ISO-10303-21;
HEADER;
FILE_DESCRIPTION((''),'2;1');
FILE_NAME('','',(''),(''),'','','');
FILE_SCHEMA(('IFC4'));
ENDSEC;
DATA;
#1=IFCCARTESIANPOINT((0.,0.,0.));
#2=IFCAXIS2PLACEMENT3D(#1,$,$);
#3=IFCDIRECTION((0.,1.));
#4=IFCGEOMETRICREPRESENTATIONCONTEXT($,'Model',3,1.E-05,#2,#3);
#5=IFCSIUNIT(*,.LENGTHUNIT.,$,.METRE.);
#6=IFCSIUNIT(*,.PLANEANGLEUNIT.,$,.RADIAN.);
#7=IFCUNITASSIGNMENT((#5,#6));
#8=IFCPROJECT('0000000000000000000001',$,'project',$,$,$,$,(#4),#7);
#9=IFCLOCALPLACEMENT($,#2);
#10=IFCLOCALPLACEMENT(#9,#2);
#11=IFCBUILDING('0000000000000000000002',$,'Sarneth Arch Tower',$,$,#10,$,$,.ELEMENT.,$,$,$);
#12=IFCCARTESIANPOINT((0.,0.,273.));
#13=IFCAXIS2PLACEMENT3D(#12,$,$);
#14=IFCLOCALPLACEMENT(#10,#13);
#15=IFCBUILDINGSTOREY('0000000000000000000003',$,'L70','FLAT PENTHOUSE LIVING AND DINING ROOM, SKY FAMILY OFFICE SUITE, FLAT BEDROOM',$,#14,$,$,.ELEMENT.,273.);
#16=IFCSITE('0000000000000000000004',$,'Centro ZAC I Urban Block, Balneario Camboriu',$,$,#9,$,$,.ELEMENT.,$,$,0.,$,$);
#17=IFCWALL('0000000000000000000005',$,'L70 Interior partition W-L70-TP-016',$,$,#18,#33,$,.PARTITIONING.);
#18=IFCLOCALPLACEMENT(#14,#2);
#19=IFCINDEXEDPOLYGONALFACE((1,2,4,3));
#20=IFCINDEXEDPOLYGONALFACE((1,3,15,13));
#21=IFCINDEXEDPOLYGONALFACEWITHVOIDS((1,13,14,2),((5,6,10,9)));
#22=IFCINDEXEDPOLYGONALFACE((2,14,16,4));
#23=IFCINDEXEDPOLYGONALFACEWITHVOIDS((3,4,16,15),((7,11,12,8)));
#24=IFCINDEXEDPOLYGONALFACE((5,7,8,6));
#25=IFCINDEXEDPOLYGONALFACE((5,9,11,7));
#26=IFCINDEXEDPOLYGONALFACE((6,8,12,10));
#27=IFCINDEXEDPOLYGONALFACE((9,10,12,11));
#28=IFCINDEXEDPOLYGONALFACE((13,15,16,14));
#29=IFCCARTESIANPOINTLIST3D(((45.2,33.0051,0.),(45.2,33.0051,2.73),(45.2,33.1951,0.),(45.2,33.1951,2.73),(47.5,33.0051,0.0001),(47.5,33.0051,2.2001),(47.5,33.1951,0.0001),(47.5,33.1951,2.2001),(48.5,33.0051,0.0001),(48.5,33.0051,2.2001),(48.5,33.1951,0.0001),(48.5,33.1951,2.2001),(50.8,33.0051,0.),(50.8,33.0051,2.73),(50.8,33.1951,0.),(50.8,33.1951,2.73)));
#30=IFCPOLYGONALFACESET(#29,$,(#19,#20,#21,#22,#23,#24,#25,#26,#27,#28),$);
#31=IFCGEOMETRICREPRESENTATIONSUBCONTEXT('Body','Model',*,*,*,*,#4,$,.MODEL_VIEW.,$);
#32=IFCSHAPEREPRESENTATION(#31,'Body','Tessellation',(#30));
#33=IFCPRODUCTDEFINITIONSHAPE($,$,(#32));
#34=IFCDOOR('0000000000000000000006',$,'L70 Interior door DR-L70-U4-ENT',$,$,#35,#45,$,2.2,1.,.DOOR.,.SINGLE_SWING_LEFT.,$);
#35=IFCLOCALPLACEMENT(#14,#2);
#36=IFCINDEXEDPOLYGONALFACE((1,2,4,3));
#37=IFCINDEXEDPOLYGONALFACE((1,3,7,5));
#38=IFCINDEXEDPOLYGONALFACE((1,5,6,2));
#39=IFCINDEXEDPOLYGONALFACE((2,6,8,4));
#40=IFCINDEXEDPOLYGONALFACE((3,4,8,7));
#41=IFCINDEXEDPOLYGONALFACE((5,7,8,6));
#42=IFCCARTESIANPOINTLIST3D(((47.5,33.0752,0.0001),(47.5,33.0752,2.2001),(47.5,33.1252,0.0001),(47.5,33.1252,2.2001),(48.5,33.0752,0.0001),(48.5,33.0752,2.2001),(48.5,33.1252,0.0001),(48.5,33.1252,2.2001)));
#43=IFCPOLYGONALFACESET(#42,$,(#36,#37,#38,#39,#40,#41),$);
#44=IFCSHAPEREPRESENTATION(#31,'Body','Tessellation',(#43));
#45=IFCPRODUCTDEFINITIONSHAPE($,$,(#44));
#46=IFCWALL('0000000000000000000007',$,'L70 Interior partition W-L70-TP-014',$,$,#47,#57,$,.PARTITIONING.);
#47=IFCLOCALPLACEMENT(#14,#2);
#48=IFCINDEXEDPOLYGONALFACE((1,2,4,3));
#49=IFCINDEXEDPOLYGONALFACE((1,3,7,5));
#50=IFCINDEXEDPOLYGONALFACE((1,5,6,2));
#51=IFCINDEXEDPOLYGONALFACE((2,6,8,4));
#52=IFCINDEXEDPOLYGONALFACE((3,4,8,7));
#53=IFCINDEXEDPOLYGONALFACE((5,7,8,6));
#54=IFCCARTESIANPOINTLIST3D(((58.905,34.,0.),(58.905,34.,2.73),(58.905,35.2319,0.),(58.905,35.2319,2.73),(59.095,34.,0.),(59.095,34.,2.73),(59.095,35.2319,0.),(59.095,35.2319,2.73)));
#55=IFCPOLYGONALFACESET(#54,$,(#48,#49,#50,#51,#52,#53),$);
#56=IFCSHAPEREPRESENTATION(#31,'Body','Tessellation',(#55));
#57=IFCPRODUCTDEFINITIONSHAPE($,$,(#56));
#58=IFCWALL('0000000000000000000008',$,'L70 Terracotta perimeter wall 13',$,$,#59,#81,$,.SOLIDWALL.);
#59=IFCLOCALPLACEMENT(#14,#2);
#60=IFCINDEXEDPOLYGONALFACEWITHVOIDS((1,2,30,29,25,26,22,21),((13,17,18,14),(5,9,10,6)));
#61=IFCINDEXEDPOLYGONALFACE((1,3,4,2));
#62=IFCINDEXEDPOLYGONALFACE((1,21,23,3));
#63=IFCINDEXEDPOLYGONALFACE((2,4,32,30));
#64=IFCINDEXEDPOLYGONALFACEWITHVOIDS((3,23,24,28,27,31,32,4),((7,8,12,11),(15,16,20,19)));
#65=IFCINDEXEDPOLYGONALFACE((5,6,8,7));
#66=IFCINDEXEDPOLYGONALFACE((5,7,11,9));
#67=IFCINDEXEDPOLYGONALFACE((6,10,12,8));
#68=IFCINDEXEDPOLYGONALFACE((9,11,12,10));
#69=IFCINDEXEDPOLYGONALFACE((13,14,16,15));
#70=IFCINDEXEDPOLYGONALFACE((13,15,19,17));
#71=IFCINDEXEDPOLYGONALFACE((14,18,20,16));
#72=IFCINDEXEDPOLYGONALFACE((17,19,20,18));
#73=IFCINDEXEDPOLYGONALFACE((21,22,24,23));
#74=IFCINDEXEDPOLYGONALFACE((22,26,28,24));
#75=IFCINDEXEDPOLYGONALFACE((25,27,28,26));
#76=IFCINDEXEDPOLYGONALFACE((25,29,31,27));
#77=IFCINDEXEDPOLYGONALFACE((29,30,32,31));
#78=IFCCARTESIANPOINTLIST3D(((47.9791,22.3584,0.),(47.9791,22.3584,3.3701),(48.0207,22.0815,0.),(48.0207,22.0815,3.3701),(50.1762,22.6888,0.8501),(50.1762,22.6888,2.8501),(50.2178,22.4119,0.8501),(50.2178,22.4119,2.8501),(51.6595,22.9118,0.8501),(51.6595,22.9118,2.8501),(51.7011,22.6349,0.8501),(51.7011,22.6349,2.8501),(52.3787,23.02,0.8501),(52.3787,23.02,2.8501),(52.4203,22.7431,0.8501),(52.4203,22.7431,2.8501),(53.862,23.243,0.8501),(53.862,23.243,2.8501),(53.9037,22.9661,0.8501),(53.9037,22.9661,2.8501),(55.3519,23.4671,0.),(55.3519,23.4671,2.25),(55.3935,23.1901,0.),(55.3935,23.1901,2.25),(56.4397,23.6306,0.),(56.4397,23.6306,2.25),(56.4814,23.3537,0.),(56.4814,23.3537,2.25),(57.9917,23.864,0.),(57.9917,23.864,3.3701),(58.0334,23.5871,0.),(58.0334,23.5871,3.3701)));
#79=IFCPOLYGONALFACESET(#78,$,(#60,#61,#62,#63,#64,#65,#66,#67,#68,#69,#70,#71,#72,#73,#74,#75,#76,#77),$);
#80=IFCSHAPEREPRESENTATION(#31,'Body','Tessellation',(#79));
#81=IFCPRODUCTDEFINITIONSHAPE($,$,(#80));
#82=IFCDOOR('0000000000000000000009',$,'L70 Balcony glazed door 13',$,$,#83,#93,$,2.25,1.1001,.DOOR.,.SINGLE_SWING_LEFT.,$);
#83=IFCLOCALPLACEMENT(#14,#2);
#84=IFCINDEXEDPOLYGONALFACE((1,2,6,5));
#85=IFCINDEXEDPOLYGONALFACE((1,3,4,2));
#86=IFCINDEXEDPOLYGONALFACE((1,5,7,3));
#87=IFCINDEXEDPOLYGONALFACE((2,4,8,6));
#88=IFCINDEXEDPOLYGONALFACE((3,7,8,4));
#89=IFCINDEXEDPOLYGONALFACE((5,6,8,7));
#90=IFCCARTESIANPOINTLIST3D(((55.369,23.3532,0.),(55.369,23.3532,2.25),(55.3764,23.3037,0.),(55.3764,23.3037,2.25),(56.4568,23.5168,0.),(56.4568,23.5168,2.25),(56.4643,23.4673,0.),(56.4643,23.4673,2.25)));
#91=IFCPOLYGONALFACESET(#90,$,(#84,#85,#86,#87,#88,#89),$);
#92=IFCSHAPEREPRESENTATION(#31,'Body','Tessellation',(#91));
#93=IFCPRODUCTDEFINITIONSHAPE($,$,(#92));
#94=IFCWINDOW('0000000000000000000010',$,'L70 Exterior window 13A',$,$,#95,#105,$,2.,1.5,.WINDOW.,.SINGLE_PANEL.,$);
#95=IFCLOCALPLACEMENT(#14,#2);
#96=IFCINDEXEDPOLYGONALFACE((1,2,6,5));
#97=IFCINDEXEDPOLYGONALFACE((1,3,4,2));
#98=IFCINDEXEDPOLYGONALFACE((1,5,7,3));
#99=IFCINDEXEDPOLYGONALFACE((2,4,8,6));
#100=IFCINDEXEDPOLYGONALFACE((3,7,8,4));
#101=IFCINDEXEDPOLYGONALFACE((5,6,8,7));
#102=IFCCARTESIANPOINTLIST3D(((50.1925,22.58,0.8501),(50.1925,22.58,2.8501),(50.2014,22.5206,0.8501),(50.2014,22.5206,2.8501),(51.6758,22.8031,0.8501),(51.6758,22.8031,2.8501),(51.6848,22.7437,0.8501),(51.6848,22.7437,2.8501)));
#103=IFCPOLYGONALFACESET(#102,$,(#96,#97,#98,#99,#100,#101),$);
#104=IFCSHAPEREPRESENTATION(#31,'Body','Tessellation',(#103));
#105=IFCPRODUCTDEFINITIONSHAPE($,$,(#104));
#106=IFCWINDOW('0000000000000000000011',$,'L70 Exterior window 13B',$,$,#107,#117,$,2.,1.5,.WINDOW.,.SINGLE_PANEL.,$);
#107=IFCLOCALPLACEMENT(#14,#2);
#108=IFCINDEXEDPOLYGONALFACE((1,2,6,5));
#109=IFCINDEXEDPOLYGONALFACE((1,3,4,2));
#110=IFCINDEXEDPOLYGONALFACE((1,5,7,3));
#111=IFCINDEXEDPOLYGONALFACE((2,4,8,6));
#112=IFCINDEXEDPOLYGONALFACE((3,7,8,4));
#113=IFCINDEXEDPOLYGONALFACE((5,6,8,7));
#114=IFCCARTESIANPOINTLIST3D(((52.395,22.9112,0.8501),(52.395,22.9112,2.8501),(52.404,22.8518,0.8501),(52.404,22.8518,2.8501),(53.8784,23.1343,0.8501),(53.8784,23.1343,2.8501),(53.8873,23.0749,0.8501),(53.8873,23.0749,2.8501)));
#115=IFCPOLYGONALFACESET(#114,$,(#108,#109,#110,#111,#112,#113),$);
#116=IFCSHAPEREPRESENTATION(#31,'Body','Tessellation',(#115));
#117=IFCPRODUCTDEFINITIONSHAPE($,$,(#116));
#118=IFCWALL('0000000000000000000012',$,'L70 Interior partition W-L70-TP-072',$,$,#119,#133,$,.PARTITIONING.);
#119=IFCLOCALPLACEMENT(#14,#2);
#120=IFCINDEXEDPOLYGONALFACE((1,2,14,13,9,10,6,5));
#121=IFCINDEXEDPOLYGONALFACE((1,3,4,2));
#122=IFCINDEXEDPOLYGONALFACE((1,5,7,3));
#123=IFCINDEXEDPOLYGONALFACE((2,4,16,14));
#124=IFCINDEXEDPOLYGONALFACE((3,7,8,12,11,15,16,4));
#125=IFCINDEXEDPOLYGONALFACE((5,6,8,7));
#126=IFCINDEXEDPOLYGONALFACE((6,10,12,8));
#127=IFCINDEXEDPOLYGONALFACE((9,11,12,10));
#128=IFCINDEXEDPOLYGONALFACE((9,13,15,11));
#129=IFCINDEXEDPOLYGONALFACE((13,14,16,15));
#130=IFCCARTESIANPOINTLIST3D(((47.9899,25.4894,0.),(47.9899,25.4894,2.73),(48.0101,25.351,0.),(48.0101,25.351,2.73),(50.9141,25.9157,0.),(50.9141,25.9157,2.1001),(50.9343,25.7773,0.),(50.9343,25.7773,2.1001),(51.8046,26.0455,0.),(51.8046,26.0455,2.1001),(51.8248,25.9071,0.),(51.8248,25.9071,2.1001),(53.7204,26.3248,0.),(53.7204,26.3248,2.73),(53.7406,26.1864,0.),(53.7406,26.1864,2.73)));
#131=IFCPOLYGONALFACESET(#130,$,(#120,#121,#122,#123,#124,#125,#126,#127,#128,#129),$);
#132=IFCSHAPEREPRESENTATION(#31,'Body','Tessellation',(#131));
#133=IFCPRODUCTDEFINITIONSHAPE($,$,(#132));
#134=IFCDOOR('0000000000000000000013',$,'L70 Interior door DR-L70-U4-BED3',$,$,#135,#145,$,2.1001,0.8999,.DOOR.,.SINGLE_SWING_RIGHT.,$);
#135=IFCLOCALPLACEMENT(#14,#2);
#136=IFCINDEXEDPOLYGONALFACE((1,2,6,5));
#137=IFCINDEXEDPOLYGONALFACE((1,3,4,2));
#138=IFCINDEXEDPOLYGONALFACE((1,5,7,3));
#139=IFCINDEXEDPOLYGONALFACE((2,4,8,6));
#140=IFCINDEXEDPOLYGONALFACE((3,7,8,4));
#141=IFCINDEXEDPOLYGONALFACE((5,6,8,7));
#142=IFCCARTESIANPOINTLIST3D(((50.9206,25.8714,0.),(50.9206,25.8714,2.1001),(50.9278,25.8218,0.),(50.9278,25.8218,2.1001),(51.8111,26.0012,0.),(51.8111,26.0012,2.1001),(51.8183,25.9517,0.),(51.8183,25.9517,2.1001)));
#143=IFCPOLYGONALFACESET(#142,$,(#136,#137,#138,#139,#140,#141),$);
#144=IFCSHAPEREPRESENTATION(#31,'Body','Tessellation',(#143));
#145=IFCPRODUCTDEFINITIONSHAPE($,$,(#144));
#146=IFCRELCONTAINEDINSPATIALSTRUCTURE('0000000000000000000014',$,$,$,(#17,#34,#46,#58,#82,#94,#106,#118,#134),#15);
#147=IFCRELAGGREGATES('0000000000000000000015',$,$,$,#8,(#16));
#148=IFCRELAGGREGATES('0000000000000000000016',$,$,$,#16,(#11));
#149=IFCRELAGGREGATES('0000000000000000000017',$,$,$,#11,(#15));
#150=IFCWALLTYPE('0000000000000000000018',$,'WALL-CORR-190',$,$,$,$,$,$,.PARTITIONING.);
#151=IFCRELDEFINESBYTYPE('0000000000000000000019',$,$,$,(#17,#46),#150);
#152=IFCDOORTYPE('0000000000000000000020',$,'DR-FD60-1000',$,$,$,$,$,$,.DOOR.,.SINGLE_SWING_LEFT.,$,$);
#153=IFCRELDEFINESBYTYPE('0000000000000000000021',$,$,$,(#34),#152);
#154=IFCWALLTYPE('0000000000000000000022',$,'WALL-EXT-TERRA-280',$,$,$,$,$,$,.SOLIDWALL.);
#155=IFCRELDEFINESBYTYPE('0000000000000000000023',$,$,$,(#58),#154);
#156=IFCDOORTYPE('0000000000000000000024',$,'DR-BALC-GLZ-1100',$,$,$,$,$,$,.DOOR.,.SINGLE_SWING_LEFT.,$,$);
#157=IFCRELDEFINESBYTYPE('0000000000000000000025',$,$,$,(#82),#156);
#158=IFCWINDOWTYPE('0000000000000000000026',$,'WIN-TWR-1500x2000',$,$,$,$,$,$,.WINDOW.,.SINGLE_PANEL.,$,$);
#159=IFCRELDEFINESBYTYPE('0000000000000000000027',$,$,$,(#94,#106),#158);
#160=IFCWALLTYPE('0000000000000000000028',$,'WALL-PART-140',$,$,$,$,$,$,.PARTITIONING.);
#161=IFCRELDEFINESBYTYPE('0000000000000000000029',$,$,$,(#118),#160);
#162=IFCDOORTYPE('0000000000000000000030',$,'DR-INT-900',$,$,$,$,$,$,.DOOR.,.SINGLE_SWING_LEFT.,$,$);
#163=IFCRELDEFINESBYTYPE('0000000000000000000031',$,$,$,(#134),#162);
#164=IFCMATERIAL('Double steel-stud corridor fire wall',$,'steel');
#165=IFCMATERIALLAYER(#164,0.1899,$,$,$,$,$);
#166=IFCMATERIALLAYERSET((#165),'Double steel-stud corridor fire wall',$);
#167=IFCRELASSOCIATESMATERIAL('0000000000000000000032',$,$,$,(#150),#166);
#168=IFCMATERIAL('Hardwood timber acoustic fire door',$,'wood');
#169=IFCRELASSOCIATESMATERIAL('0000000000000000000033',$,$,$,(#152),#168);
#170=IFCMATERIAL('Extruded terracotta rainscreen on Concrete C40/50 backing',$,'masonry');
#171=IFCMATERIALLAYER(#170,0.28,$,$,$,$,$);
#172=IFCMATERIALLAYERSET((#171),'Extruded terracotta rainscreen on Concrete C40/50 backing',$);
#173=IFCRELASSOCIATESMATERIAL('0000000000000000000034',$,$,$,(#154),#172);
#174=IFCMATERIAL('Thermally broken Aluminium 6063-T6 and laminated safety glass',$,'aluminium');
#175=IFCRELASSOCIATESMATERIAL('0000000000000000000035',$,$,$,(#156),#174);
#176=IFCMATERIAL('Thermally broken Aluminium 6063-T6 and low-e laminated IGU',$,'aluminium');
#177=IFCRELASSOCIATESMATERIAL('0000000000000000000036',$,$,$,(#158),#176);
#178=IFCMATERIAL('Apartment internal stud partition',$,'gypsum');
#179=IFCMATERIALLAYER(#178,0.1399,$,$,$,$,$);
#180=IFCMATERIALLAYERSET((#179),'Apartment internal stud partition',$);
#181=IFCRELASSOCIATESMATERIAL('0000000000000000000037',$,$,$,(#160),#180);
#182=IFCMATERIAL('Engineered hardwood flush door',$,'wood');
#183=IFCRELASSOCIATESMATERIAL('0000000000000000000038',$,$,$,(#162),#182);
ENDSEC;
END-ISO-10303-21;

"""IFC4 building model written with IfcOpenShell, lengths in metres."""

from ifc_helpers import new_model, si_unit, direction, frame, frame_2d, origin, place, context, subcontext, project, spatial, rectangle, extrude, material, layer, layer_set, type_object, element, fill, save


model = new_model("IFC4")

# Units and contexts
model_context = context("Model", 3, precision=1e-05, world=origin(), true_north=direction((0.0, 1.0)))
body_context = subcontext(model_context, "Body", "Model", "MODEL_VIEW")
ifc_project = project(units=[si_unit("LENGTHUNIT", "METRE"), si_unit("PLANEANGLEUNIT", "RADIAN")], contexts=[model_context])

# Site, building, storey
site_placement = place(None, origin())
site = spatial("IfcSite", under=ifc_project, at=site_placement, Name="Centro ZAC I Urban Block, Balneario Camboriu", CompositionType="ELEMENT", RefElevation=0.0)
building_placement = place(site_placement, origin())
building = spatial("IfcBuilding", under=site, at=building_placement, Name="Sarneth Arch Tower", CompositionType="ELEMENT")
storey_placement = place(building_placement, frame((0.0, 0.0, 273.0)))
storey = spatial("IfcBuildingStorey", under=building, at=storey_placement, Name="L70", Description="FLAT PENTHOUSE LIVING AND DINING ROOM, SKY FAMILY OFFICE SUITE, FLAT BEDROOM", CompositionType="ELEMENT", Elevation=273.0)

# Wall, opening, door
ifc_material_1 = material(Name="Double steel-stud corridor fire wall", Category="steel")
ifc_layer_1 = layer(ifc_material_1, 0.1899)
ifc_layer_set_1 = layer_set([ifc_layer_1], Name="Double steel-stud corridor fire wall")
wall_type_1 = type_object("IfcWallType", Name="WALL-CORR-190", PredefinedType="PARTITIONING", material=ifc_layer_set_1)
wall_1_placement = place(storey_placement, frame((50.8, 33.1001, 0.0), z_axis=(0.0, 0.0, 1.0), x_axis=(-1.0, 0.0, 0.0)))
wall_1 = element("IfcWall", 1, at=wall_1_placement, inside=storey, type_object=wall_type_1, Name="L70 Interior partition W-L70-TP-016", PredefinedType="PARTITIONING", context=body_context, shape_type="SweptSolid", body=[
    extrude(rectangle(XDim=5.6001, YDim=0.1899, at=frame_2d((2.8, 0.0))), origin(), (0.0, 0.0, 1.0), 2.73),
])
opening_1_placement = place(wall_1_placement, frame((2.3, 0.0, 0.0)))
opening_1 = element("IfcOpeningElement", 2, at=opening_1_placement, cuts=wall_1, PredefinedType="OPENING", context=body_context, shape_type="SweptSolid", body=[
    extrude(rectangle(XDim=1.0, YDim=2.2, at=frame_2d((0.5, 1.1001))), frame((0.0, 0.105, 0.0), z_axis=(0.0, -1.0, 0.0), x_axis=(1.0, 0.0, 0.0)), (0.0, 0.0, 1.0), 0.21),
])
ifc_material_2 = material(Name="Hardwood timber acoustic fire door", Category="wood")
door_type_1 = type_object("IfcDoorType", Name="DR-FD60-1000", OperationType="SINGLE_SWING_LEFT", PredefinedType="DOOR", material=ifc_material_2)
door_1_placement = place(opening_1_placement, origin())
door_1 = element("IfcDoor", 3, at=door_1_placement, inside=storey, type_object=door_type_1, Name="L70 Interior door DR-L70-U4-ENT", OperationType="SINGLE_SWING_LEFT", OverallHeight=2.2, OverallWidth=1.0, PredefinedType="DOOR", context=body_context, shape_type="SweptSolid", body=[
    extrude(rectangle(XDim=1.0, YDim=2.2, at=frame_2d((0.5, 1.1001))), frame((0.0, 0.0249, 0.0), z_axis=(0.0, -1.0, 0.0), x_axis=(1.0, 0.0, 0.0)), (0.0, 0.0, 1.0), 0.05),
])
fill(opening_1, door_1)

# Wall
wall_2_placement = place(storey_placement, frame((59.0, 34.0, 0.0), z_axis=(0.0, 0.0, 1.0), x_axis=(0.0, 1.0, 0.0)))
element("IfcWall", 4, at=wall_2_placement, inside=storey, type_object=wall_type_1, Name="L70 Interior partition W-L70-TP-014", PredefinedType="PARTITIONING", context=body_context, shape_type="SweptSolid", body=[
    extrude(rectangle(XDim=1.2319, YDim=0.1899, at=frame_2d((0.616, 0.0))), origin(), (0.0, 0.0, 1.0), 2.73),
])

# Wall, openings, door, windows
ifc_material_3 = material(Name="Extruded terracotta rainscreen on Concrete C40/50 backing", Category="masonry")
ifc_layer_2 = layer(ifc_material_3, 0.28)
ifc_layer_set_2 = layer_set([ifc_layer_2], Name="Extruded terracotta rainscreen on Concrete C40/50 backing")
wall_type_2 = type_object("IfcWallType", Name="WALL-EXT-TERRA-280", PredefinedType="SOLIDWALL", material=ifc_layer_set_2)
wall_3_placement = place(storey_placement, frame((48.0, 22.22, 0.0), z_axis=(0.0, 0.0, 1.0), x_axis=(0.988883, 0.148699, 0.0)))
wall_3 = element("IfcWall", 5, at=wall_3_placement, inside=storey, type_object=wall_type_2, Name="L70 Terracotta perimeter wall 13", PredefinedType="SOLIDWALL", context=body_context, shape_type="SweptSolid", body=[
    extrude(rectangle(XDim=10.1252, YDim=0.28, at=frame_2d((5.0625, 0.0))), origin(), (0.0, 0.0, 1.0), 3.3701),
])
opening_2_placement = place(wall_3_placement, frame((2.2217, 0.0, 0.8501)))
opening_2 = element("IfcOpeningElement", 6, at=opening_2_placement, cuts=wall_3, PredefinedType="OPENING", context=body_context, shape_type="SweptSolid", body=[
    extrude(rectangle(XDim=1.5, YDim=2.0, at=frame_2d((0.75, 1.0))), frame((0.0, 0.1499, 0.0), z_axis=(0.0, -1.0, 0.0), x_axis=(1.0, 0.0, 0.0)), (0.0, 0.0, 1.0), 0.3),
])
opening_3_placement = place(wall_3_placement, frame((4.449, 0.0, 0.8501)))
opening_3 = element("IfcOpeningElement", 7, at=opening_3_placement, cuts=wall_3, PredefinedType="OPENING", context=body_context, shape_type="SweptSolid", body=[
    extrude(rectangle(XDim=1.5, YDim=2.0, at=frame_2d((0.75, 1.0))), frame((0.0, 0.1499, 0.0), z_axis=(0.0, -1.0, 0.0), x_axis=(1.0, 0.0, 0.0)), (0.0, 0.0, 1.0), 0.3),
])
opening_4_placement = place(wall_3_placement, frame((7.4556, 0.0, 0.0)))
opening_4 = element("IfcOpeningElement", 8, at=opening_4_placement, cuts=wall_3, PredefinedType="OPENING", context=body_context, shape_type="SweptSolid", body=[
    extrude(rectangle(XDim=1.1001, YDim=2.25, at=frame_2d((0.55, 1.125))), frame((0.0, 0.1499, 0.0), z_axis=(0.0, -1.0, 0.0), x_axis=(1.0, 0.0, 0.0)), (0.0, 0.0, 1.0), 0.3),
])
ifc_material_4 = material(Name="Thermally broken Aluminium 6063-T6 and laminated safety glass", Category="aluminium")
door_type_2 = type_object("IfcDoorType", Name="DR-BALC-GLZ-1100", OperationType="SINGLE_SWING_LEFT", PredefinedType="DOOR", material=ifc_material_4)
door_2_placement = place(opening_4_placement, origin())
door_2 = element("IfcDoor", 9, at=door_2_placement, inside=storey, type_object=door_type_2, Name="L70 Balcony glazed door 13", OperationType="SINGLE_SWING_LEFT", OverallHeight=2.25, OverallWidth=1.1001, PredefinedType="DOOR", context=body_context, shape_type="SweptSolid", body=[
    extrude(rectangle(XDim=1.1001, YDim=2.25, at=frame_2d((0.55, 1.125))), frame((0.0, 0.0249, 0.0), z_axis=(0.0, -1.0, 0.0), x_axis=(1.0, 0.0, 0.0)), (0.0, 0.0, 1.0), 0.05),
])
fill(opening_4, door_2)
ifc_material_5 = material(Name="Thermally broken Aluminium 6063-T6 and low-e laminated IGU", Category="aluminium")
window_type = type_object("IfcWindowType", Name="WIN-TWR-1500x2000", PartitioningType="SINGLE_PANEL", PredefinedType="WINDOW", material=ifc_material_5)
window_1_placement = place(opening_2_placement, origin())
window_1 = element("IfcWindow", 10, at=window_1_placement, inside=storey, type_object=window_type, Name="L70 Exterior window 13A", OverallHeight=2.0, OverallWidth=1.5, PartitioningType="SINGLE_PANEL", PredefinedType="WINDOW", context=body_context, shape_type="SweptSolid", body=[
    extrude(rectangle(XDim=1.5, YDim=2.0, at=frame_2d((0.75, 1.0))), frame((0.0, 0.03, 0.0), z_axis=(0.0, -1.0, 0.0), x_axis=(1.0, 0.0, 0.0)), (0.0, 0.0, 1.0), 0.0601),
])
fill(opening_2, window_1)
window_2_placement = place(opening_3_placement, origin())
window_2 = element("IfcWindow", 11, at=window_2_placement, inside=storey, type_object=window_type, Name="L70 Exterior window 13B", OverallHeight=2.0, OverallWidth=1.5, PartitioningType="SINGLE_PANEL", PredefinedType="WINDOW", context=body_context, shape_type="SweptSolid", body=[
    extrude(rectangle(XDim=1.5, YDim=2.0, at=frame_2d((0.75, 1.0))), frame((0.0, 0.03, 0.0), z_axis=(0.0, -1.0, 0.0), x_axis=(1.0, 0.0, 0.0)), (0.0, 0.0, 1.0), 0.0601),
])
fill(opening_3, window_2)

# Wall, opening, door
ifc_material_6 = material(Name="Apartment internal stud partition", Category="gypsum")
ifc_layer_3 = layer(ifc_material_6, 0.1399)
ifc_layer_set_3 = layer_set([ifc_layer_3], Name="Apartment internal stud partition")
wall_type_3 = type_object("IfcWallType", Name="WALL-PART-140", PredefinedType="PARTITIONING", material=ifc_layer_set_3)
wall_4_placement = place(storey_placement, frame((53.7305, 26.2556, 0.0), z_axis=(0.0, 0.0, 1.0), x_axis=(-0.989539, -0.144266, 0.0)))
wall_4 = element("IfcWall", 12, at=wall_4_placement, inside=storey, type_object=wall_type_3, Name="L70 Interior partition W-L70-TP-072", PredefinedType="PARTITIONING", context=body_context, shape_type="SweptSolid", body=[
    extrude(rectangle(XDim=5.791, YDim=0.1399, at=frame_2d((2.8955, 0.0))), origin(), (0.0, 0.0, 1.0), 2.73),
])
opening_5_placement = place(wall_4_placement, frame((1.936, 0.0, 0.0)))
opening_5 = element("IfcOpeningElement", 13, at=opening_5_placement, cuts=wall_4, PredefinedType="OPENING", context=body_context, shape_type="SweptSolid", body=[
    extrude(rectangle(XDim=0.8999, YDim=2.1001, at=frame_2d((0.45, 1.05))), frame((0.0, 0.0798, 0.0), z_axis=(0.0, -1.0, 0.0), x_axis=(1.0, 0.0, 0.0)), (0.0, 0.0, 1.0), 0.1599),
])
ifc_material_7 = material(Name="Engineered hardwood flush door", Category="wood")
door_type_3 = type_object("IfcDoorType", Name="DR-INT-900", OperationType="SINGLE_SWING_LEFT", PredefinedType="DOOR", material=ifc_material_7)
door_3_placement = place(opening_5_placement, origin())
door_3 = element("IfcDoor", 14, at=door_3_placement, inside=storey, type_object=door_type_3, Name="L70 Interior door DR-L70-U4-BED3", OperationType="SINGLE_SWING_RIGHT", OverallHeight=2.1001, OverallWidth=0.8999, PredefinedType="DOOR", context=body_context, shape_type="SweptSolid", body=[
    extrude(rectangle(XDim=0.8999, YDim=2.1001, at=frame_2d((0.45, 1.05))), frame((0.0, 0.0249, 0.0), z_axis=(0.0, -1.0, 0.0), x_axis=(1.0, 0.0, 0.0)), (0.0, 0.0, 1.0), 0.05),
])
fill(opening_5, door_3)

save(model, "model.ifc")
